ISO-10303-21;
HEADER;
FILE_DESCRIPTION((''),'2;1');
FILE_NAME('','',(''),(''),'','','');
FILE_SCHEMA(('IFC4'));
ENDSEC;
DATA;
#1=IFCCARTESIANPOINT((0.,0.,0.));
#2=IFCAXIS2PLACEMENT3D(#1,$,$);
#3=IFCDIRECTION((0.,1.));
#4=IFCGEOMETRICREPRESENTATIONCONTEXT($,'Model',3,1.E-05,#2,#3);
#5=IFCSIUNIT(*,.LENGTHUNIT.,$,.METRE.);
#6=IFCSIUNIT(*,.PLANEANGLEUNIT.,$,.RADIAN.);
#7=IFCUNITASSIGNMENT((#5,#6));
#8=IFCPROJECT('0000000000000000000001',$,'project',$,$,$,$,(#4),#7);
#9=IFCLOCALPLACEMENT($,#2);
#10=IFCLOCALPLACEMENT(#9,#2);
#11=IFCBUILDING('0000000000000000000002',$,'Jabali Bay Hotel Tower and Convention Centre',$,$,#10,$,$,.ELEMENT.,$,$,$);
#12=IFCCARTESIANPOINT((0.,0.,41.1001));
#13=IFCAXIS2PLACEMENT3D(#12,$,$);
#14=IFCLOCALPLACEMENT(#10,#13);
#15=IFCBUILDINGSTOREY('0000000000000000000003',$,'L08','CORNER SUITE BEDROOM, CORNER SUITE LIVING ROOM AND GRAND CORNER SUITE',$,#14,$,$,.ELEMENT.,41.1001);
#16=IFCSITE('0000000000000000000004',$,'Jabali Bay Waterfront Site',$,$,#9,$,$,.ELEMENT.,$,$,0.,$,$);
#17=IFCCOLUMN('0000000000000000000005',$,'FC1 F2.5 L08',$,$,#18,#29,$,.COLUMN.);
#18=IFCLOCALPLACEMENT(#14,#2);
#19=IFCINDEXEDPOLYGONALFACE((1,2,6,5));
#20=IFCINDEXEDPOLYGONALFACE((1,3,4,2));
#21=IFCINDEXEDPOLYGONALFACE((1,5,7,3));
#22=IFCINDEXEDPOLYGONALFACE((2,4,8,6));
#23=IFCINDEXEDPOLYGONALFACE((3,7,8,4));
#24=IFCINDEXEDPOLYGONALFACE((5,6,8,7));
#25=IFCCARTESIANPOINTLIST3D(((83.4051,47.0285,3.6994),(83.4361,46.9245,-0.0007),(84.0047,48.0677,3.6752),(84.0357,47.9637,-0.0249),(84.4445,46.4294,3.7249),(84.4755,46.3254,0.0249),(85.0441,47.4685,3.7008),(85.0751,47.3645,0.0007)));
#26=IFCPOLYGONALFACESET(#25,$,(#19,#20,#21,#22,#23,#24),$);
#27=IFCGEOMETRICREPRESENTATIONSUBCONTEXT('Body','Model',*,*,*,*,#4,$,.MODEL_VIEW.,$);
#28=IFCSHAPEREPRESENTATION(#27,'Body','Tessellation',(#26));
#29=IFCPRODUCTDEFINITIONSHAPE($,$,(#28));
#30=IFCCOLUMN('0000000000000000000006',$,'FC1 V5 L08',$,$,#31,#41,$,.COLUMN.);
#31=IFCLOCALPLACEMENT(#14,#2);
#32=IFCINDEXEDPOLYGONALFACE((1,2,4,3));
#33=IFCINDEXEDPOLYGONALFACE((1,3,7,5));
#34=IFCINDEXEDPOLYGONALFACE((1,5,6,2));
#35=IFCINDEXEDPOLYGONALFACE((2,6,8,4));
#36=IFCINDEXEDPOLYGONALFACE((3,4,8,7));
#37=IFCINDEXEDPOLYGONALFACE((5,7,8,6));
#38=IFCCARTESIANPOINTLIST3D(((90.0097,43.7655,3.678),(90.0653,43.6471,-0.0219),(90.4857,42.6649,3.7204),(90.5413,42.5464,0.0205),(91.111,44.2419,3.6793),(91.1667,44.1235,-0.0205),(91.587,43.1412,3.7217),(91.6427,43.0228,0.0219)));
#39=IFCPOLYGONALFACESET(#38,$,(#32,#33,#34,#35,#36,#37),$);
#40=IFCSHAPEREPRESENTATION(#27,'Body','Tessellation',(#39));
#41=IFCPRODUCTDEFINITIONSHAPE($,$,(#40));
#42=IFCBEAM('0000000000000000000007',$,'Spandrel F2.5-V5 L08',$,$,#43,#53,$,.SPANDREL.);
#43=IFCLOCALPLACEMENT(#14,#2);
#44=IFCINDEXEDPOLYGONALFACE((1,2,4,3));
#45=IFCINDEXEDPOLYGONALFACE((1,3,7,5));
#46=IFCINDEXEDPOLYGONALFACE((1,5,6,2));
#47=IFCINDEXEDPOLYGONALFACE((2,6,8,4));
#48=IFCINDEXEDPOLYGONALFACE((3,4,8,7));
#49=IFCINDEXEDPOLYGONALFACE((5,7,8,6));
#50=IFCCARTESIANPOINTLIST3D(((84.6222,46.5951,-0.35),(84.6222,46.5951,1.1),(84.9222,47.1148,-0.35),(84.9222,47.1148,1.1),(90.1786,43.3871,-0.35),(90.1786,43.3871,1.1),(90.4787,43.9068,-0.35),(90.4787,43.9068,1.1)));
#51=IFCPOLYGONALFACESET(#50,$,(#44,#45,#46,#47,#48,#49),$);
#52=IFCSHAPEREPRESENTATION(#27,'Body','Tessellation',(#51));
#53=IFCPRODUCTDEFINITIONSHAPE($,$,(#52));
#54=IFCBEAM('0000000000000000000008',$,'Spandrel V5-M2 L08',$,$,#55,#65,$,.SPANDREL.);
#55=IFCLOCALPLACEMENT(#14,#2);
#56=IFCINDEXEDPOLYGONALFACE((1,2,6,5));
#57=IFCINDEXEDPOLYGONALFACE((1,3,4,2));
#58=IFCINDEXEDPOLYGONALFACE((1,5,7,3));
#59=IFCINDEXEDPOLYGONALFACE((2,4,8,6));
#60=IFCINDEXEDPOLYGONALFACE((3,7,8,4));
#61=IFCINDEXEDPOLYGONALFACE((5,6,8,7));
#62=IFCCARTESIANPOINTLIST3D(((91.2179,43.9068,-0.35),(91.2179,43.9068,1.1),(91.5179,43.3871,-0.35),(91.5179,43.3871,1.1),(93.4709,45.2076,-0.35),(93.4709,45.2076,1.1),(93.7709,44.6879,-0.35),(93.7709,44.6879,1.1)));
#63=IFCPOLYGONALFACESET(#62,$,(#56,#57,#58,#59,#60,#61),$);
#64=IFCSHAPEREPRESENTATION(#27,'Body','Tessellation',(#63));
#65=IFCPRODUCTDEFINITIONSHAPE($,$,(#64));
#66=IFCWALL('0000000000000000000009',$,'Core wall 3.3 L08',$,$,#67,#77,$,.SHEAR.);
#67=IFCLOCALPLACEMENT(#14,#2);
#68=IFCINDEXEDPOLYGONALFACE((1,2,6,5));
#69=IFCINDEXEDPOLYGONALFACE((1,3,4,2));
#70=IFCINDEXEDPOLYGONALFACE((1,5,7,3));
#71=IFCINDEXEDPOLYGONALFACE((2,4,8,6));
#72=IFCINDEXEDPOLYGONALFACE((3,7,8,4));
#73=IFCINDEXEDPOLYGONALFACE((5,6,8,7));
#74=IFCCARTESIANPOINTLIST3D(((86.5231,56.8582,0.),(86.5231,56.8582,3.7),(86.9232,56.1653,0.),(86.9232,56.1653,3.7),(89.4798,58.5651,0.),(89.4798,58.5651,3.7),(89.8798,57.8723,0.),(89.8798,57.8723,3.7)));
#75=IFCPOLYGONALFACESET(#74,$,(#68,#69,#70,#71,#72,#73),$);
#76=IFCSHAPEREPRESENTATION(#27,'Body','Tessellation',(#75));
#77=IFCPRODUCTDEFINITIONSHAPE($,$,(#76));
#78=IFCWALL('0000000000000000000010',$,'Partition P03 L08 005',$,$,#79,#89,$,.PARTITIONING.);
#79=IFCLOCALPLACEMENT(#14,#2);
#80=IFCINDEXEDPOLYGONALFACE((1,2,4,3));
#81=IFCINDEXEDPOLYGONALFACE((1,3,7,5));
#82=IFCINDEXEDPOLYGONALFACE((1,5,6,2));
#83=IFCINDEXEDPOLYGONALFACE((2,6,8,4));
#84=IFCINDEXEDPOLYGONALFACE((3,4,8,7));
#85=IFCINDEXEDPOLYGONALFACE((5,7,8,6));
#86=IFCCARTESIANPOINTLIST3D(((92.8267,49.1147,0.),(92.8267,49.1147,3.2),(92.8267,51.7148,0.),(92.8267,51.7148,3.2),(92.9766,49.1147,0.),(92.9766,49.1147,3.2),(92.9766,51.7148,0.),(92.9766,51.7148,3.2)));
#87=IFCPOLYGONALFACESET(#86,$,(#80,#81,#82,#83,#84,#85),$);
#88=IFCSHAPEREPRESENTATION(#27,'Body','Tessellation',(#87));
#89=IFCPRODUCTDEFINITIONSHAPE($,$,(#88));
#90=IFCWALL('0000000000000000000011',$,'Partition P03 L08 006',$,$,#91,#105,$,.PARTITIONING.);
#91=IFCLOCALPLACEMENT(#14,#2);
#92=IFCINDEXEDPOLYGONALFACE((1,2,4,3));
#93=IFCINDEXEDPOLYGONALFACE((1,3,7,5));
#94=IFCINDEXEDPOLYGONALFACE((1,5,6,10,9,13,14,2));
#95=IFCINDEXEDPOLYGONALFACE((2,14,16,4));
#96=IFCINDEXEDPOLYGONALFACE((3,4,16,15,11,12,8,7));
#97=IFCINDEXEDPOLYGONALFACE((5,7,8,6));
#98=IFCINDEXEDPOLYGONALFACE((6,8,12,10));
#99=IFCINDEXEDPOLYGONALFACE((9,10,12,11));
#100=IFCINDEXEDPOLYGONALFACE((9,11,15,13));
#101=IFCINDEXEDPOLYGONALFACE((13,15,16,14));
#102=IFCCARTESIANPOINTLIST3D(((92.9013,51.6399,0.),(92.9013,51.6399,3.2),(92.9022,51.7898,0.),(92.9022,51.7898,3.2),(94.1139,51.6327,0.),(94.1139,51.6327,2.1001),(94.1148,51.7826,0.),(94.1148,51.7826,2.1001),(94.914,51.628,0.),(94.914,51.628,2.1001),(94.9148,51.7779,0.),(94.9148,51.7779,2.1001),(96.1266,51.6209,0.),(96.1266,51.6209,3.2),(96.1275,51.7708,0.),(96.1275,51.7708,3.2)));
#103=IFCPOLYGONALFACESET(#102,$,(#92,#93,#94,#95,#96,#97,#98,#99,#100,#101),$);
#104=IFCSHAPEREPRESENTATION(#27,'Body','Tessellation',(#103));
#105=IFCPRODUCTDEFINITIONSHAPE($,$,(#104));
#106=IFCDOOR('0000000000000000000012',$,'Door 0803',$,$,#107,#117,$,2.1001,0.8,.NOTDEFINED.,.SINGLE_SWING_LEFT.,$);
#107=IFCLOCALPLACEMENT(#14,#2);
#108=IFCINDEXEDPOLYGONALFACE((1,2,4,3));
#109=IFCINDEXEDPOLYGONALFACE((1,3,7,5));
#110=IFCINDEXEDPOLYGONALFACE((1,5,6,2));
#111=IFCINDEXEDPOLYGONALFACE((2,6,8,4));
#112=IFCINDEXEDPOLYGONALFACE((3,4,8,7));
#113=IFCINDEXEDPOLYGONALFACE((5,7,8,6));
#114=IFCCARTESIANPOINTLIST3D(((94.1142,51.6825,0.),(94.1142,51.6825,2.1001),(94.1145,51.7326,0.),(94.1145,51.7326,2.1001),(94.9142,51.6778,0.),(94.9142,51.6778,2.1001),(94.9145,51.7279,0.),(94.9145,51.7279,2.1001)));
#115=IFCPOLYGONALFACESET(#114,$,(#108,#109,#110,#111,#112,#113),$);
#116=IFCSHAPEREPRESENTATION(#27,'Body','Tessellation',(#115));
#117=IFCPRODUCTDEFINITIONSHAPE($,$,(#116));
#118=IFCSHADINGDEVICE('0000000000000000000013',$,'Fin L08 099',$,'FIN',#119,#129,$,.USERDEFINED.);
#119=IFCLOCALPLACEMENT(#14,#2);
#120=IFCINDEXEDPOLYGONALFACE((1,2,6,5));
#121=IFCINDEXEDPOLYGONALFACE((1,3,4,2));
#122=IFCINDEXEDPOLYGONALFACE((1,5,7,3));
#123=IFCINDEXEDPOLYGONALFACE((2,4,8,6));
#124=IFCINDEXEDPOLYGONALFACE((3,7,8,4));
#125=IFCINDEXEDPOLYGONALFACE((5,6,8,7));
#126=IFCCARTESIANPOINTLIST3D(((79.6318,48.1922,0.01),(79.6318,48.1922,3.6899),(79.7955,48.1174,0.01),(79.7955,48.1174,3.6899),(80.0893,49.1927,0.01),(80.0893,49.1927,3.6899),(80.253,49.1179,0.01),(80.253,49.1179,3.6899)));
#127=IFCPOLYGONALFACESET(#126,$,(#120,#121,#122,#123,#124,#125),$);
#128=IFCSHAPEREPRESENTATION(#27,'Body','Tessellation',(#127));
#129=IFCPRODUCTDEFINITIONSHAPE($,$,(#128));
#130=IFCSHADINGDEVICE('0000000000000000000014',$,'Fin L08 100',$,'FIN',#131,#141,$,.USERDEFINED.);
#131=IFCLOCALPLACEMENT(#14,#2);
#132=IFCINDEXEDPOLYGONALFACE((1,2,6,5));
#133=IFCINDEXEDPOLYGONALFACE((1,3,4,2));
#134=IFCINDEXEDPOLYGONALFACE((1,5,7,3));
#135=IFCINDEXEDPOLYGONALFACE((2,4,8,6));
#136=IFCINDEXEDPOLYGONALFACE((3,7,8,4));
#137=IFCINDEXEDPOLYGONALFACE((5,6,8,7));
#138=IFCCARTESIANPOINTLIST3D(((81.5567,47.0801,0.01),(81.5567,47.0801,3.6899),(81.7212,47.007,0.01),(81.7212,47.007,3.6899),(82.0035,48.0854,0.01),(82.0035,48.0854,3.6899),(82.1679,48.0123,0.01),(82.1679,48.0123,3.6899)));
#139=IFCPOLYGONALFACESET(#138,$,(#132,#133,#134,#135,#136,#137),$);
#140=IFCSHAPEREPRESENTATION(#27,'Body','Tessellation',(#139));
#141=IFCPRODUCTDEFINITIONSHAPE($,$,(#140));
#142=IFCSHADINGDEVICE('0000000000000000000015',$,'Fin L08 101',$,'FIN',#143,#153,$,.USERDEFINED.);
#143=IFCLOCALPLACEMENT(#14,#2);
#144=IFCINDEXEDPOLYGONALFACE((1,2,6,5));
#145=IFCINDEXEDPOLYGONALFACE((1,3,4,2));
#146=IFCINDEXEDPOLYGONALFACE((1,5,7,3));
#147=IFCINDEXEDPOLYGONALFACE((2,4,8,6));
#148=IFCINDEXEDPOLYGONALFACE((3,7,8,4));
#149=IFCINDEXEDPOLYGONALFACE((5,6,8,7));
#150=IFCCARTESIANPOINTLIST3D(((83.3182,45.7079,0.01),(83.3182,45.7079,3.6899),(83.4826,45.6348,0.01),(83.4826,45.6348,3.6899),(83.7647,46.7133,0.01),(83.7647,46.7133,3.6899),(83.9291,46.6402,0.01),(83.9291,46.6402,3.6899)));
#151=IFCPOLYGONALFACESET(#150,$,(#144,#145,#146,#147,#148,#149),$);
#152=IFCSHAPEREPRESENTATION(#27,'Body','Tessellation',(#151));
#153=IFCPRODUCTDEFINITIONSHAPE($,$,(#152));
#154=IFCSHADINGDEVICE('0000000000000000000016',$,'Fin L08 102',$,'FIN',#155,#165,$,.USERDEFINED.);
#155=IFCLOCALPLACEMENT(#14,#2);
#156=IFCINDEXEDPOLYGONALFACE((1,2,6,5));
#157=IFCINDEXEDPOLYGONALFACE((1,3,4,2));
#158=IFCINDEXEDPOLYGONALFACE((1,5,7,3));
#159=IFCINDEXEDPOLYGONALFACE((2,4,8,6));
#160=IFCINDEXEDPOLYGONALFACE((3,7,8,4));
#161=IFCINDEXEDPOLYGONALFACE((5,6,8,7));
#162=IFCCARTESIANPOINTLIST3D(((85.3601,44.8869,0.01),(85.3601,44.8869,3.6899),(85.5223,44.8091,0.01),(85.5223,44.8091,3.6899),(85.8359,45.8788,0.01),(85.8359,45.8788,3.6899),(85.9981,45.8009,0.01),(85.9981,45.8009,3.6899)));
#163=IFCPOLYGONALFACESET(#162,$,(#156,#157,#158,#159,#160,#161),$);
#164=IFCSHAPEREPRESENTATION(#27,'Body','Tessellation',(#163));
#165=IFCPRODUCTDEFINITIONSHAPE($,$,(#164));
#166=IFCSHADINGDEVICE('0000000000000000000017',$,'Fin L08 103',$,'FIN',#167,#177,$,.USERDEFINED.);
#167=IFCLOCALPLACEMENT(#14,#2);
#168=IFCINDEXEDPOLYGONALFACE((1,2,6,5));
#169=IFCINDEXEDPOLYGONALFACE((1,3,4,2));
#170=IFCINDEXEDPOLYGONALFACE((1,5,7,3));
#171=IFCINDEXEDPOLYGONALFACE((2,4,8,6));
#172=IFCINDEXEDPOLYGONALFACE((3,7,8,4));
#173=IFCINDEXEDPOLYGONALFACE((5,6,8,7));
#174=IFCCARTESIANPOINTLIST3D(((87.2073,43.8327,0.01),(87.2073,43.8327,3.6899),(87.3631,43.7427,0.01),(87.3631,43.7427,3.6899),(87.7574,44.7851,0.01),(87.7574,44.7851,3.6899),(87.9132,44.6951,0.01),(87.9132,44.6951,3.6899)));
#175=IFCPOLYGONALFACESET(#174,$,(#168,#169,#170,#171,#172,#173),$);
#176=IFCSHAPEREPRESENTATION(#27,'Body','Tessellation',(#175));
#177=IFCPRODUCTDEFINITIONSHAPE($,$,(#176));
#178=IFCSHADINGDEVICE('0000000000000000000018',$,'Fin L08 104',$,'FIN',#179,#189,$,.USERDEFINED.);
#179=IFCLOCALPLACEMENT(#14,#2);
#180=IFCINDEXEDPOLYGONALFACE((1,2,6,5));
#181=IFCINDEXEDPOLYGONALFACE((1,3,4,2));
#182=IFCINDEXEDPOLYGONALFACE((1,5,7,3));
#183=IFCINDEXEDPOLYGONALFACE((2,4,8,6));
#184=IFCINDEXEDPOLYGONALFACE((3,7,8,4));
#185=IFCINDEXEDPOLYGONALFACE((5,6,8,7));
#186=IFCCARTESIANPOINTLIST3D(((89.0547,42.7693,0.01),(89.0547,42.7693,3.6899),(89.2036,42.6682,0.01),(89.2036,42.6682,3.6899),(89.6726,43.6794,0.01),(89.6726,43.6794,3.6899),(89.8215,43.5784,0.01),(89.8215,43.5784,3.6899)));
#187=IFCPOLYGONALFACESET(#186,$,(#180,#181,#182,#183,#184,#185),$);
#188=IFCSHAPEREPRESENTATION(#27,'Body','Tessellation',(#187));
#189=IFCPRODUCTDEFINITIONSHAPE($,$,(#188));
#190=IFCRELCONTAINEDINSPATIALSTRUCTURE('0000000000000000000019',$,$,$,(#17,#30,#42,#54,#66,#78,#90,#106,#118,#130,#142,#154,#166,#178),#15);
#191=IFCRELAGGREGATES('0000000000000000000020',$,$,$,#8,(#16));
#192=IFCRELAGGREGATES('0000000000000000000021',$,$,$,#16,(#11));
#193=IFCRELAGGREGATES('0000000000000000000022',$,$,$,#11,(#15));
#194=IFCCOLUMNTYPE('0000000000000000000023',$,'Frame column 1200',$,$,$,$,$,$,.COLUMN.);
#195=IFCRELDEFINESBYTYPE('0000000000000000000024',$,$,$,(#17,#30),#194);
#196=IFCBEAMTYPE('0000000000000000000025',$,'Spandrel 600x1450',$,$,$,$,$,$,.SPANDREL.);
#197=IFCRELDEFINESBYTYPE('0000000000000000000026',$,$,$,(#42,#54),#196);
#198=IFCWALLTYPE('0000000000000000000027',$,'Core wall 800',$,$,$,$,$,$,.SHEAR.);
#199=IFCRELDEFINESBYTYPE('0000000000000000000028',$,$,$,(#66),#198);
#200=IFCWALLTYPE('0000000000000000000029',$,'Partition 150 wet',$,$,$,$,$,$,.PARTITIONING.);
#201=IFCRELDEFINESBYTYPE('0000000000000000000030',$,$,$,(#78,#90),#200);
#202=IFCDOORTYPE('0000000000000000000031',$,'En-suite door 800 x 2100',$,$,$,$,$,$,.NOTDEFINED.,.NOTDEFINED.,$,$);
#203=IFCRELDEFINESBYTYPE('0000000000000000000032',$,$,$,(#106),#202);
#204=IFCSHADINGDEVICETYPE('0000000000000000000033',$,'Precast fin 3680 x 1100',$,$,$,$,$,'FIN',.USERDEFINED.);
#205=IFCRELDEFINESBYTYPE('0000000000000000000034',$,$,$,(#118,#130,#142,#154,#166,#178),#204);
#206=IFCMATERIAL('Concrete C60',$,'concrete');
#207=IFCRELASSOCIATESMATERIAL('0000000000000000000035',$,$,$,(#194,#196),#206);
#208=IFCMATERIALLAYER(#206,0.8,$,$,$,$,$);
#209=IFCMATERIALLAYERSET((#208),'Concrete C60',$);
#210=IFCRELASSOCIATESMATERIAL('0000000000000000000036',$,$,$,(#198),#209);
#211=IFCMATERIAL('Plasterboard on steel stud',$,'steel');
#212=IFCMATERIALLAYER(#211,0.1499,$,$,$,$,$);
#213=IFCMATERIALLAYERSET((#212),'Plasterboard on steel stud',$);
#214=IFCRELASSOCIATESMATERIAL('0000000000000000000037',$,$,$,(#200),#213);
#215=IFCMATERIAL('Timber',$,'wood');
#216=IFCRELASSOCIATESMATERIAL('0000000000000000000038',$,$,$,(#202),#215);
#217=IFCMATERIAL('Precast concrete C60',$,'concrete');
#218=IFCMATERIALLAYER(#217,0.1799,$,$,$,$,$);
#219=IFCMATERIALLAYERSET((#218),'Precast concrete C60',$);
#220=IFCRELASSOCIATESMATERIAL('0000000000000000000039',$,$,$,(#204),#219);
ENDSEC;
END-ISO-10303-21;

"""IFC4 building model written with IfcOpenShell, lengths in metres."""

from ifc_helpers import new_model, si_unit, direction, frame, frame_2d, origin, origin_2d, place, context, subcontext, project, spatial, rectangle, extrude, material, layer, layer_set, material_profile, profile_set, type_object, element, fill, save


model = new_model("IFC4")

# Units and contexts
model_context = context("Model", 3, precision=1e-05, world=origin(), true_north=direction((0.0, 1.0)))
body_context = subcontext(model_context, "Body", "Model", "MODEL_VIEW")
ifc_project = project(units=[si_unit("LENGTHUNIT", "METRE"), si_unit("PLANEANGLEUNIT", "RADIAN")], contexts=[model_context])

# Site, building, storey
site_placement = place(None, origin())
site = spatial("IfcSite", under=ifc_project, at=site_placement, Name="Jabali Bay Waterfront Site", CompositionType="ELEMENT", RefElevation=0.0)
building_placement = place(site_placement, origin())
building = spatial("IfcBuilding", under=site, at=building_placement, Name="Jabali Bay Hotel Tower and Convention Centre", CompositionType="ELEMENT")
storey_placement = place(building_placement, frame((0.0, 0.0, 41.1001)))
storey = spatial("IfcBuildingStorey", under=building, at=storey_placement, Name="L08", Description="CORNER SUITE BEDROOM, CORNER SUITE LIVING ROOM AND GRAND CORNER SUITE", CompositionType="ELEMENT", Elevation=41.1001)

# Columns
ifc_material_1 = material(Name="Concrete C60", Category="concrete")
ifc_material_profile_1 = material_profile(ifc_material_1, rectangle(XDim=1.2, YDim=1.2, at=origin_2d()), Name="Frame column 1200")
ifc_profile_set_1 = profile_set([ifc_material_profile_1], Name="Concrete C60")
column_type = type_object("IfcColumnType", Name="Frame column 1200", PredefinedType="COLUMN", material=ifc_profile_set_1)
column_1_placement = place(storey_placement, frame((84.2556, 47.1445, 0.0), z_axis=(-0.008376, 0.028097, 0.99957), x_axis=(-0.499676, -0.865978, 0.020155)))
element("IfcColumn", 1, at=column_1_placement, inside=storey, type_object=column_type, Name="FC1 F2.5 L08", PredefinedType="COLUMN", context=body_context, shape_type="SweptSolid", body=[
    extrude(rectangle(XDim=1.2, YDim=1.2, at=origin_2d()), origin(), (0.0, 0.0, 1.0), 3.7017),
])
column_2_placement = place(storey_placement, frame((90.854, 43.335, 0.0), z_axis=(-0.015035, 0.031983, 0.999375), x_axis=(0.396688, -0.917273, 0.035323)))
element("IfcColumn", 2, at=column_2_placement, inside=storey, type_object=column_type, Name="FC1 V5 L08", PredefinedType="COLUMN", context=body_context, shape_type="SweptSolid", body=[
    extrude(rectangle(XDim=1.2, YDim=1.2, at=origin_2d()), origin(), (0.0, 0.0, 1.0), 3.7021),
])

# Beams
ifc_material_profile_2 = material_profile(ifc_material_1, rectangle(XDim=0.6001, YDim=1.45, at=origin_2d()), Name="Spandrel 600x1450")
ifc_profile_set_2 = profile_set([ifc_material_profile_2], Name="Concrete C60")
beam_type = type_object("IfcBeamType", Name="Spandrel 600x1450", PredefinedType="SPANDREL", material=ifc_profile_set_2)
beam_1_placement = place(storey_placement, frame((84.7722, 46.855, 0.375), z_axis=(0.866024, -0.500002, 0.0), x_axis=(0.500002, 0.866024, 0.0)))
element("IfcBeam", 3, at=beam_1_placement, inside=storey, type_object=beam_type, Name="Spandrel F2.5-V5 L08", PredefinedType="SPANDREL", context=body_context, shape_type="SweptSolid", body=[
    extrude(rectangle(XDim=0.6001, YDim=1.45, at=origin_2d()), origin(), (0.0, 0.0, 1.0), 6.416),
])
beam_2_placement = place(storey_placement, frame((91.3679, 43.647, 0.375), z_axis=(0.866017, 0.500015, 0.0), x_axis=(-0.500015, 0.866017, 0.0)))
element("IfcBeam", 4, at=beam_2_placement, inside=storey, type_object=beam_type, Name="Spandrel V5-M2 L08", PredefinedType="SPANDREL", context=body_context, shape_type="SweptSolid", body=[
    extrude(rectangle(XDim=0.6001, YDim=1.45, at=origin_2d()), origin(), (0.0, 0.0, 1.0), 2.6016),
])

# Wall
ifc_layer_1 = layer(ifc_material_1, 0.8)
ifc_layer_set_1 = layer_set([ifc_layer_1], Name="Concrete C60")
wall_type_1 = type_object("IfcWallType", Name="Core wall 800", PredefinedType="SHEAR", material=ifc_layer_set_1)
wall_1_placement = place(storey_placement, frame((86.7231, 56.5117, 0.0), z_axis=(0.0, 0.0, 1.0), x_axis=(0.866034, 0.499984, 0.0)))
element("IfcWall", 5, at=wall_1_placement, inside=storey, type_object=wall_type_1, Name="Core wall 3.3 L08", PredefinedType="SHEAR", context=body_context, shape_type="SweptSolid", body=[
    extrude(rectangle(XDim=3.4141, YDim=0.8, at=frame_2d((1.707, 0.0))), origin(), (0.0, 0.0, 1.0), 3.7),
])

# Wall
ifc_material_2 = material(Name="Plasterboard on steel stud", Category="steel")
ifc_layer_2 = layer(ifc_material_2, 0.1499)
ifc_layer_set_2 = layer_set([ifc_layer_2], Name="Plasterboard on steel stud")
wall_type_2 = type_object("IfcWallType", Name="Partition 150 wet", PredefinedType="PARTITIONING", material=ifc_layer_set_2)
wall_2_placement = place(storey_placement, frame((92.9016, 49.1147, 0.0), z_axis=(0.0, 0.0, 1.0), x_axis=(0.0, 1.0, 0.0)))
element("IfcWall", 6, at=wall_2_placement, inside=storey, type_object=wall_type_2, Name="Partition P03 L08 005", PredefinedType="PARTITIONING", context=body_context, shape_type="SweptSolid", body=[
    extrude(rectangle(XDim=2.6001, YDim=0.1499, at=frame_2d((1.3, 0.0))), origin(), (0.0, 0.0, 1.0), 3.2),
])

# Wall, opening, door
wall_3_placement = place(storey_placement, frame((92.9016, 51.7148, 0.0), z_axis=(0.0, 0.0, 1.0), x_axis=(0.999983, -0.005904, 0.0)))
wall_3 = element("IfcWall", 7, at=wall_3_placement, inside=storey, type_object=wall_type_2, Name="Partition P03 L08 006", PredefinedType="PARTITIONING", context=body_context, shape_type="SweptSolid", body=[
    extrude(rectangle(XDim=3.2253, YDim=0.1499, at=frame_2d((1.6128, 0.0))), origin(), (0.0, 0.0, 1.0), 3.2),
])
opening_1_placement = place(wall_3_placement, frame((1.2129, 0.0, 0.0)))
opening_1 = element("IfcOpeningElement", 8, at=opening_1_placement, cuts=wall_3, PredefinedType="OPENING", context=body_context, shape_type="SweptSolid", body=[
    extrude(rectangle(XDim=0.8, YDim=2.1001, at=frame_2d((0.3999, 1.05))), frame((0.0, 0.0854, 0.0), z_axis=(0.0, -1.0, 0.0), x_axis=(1.0, 0.0, 0.0)), (0.0, 0.0, 1.0), 0.1709),
])
ifc_material_3 = material(Name="Timber", Category="wood")
door_type_1 = type_object("IfcDoorType", Name="En-suite door 800 x 2100", OperationType="NOTDEFINED", PredefinedType="NOTDEFINED", material=ifc_material_3)
door_1_placement = place(opening_1_placement, origin())
door_1 = element("IfcDoor", 9, at=door_1_placement, inside=storey, type_object=door_type_1, Name="Door 0803", OperationType="SINGLE_SWING_LEFT", OverallHeight=2.1001, OverallWidth=0.8, PredefinedType="NOTDEFINED", context=body_context, shape_type="SweptSolid", body=[
    extrude(rectangle(XDim=0.8, YDim=2.1001, at=frame_2d((0.3999, 1.05))), frame((0.0, 0.0249, 0.0), z_axis=(0.0, -1.0, 0.0), x_axis=(1.0, 0.0, 0.0)), (0.0, 0.0, 1.0), 0.05),
])
fill(opening_1, door_1)

# Shading devices
ifc_material_4 = material(Name="Precast concrete C60", Category="concrete")
ifc_layer_3 = layer(ifc_material_4, 0.1799)
ifc_layer_set_3 = layer_set([ifc_layer_3], Name="Precast concrete C60")
shading_device_type_1 = type_object("IfcShadingDeviceType", Name="Precast fin 3680 x 1100", ElementType="FIN", PredefinedType="USERDEFINED", material=ifc_layer_set_3)
for number, where, z_axis, x_axis, name in (
    (10, (80.1711, 49.1553, 0.01), (0.0, 0.0, 1.0), (-0.415875, -0.909422, 0.0), "Fin L08 099"),
    (11, (82.0857, 48.0488, 0.01), (0.0, 0.0, 1.0), (-0.406097, -0.91383, 0.0), "Fin L08 100"),
    (12, (83.8469, 46.6768, 0.01), (0.0, 0.0, 1.0), (-0.405912, -0.913912, 0.0), "Fin L08 101"),
    (13, (85.917, 45.8398, 0.01), (0.0, 0.0, 1.0), (-0.432507, -0.90163, 0.0), "Fin L08 102"),
):
    element("IfcShadingDevice", number, at=place(storey_placement, frame(where, z_axis=z_axis, x_axis=x_axis)), inside=storey, type_object=shading_device_type_1, Name=name, ObjectType="FIN", PredefinedType="USERDEFINED", context=body_context, shape_type="SweptSolid", body=[
        extrude(rectangle(XDim=1.1001, YDim=0.1799, at=frame_2d((0.55, 0.0))), origin(), (0.0, 0.0, 1.0), 3.6799),
    ])
shading_device_1_placement = place(storey_placement, frame((87.8352, 44.74, 0.01), z_axis=(0.0, 0.0, 1.0), x_axis=(-0.500126, -0.865953, 0.0)))
element("IfcShadingDevice", 14, at=shading_device_1_placement, inside=storey, type_object=shading_device_type_1, Name="Fin L08 103", ObjectType="FIN", PredefinedType="USERDEFINED", context=body_context, shape_type="SweptSolid", body=[
    extrude(rectangle(XDim=1.0999, YDim=0.1799, at=frame_2d((0.5498, 0.0))), origin(), (0.0, 0.0, 1.0), 3.6799),
])
shading_device_2_placement = place(storey_placement, frame((89.7471, 43.6289, 0.01), z_axis=(0.0, 0.0, 1.0), x_axis=(-0.561697, -0.827343, 0.0)))
element("IfcShadingDevice", 15, at=shading_device_2_placement, inside=storey, type_object=shading_device_type_1, Name="Fin L08 104", ObjectType="FIN", PredefinedType="USERDEFINED", context=body_context, shape_type="SweptSolid", body=[
    extrude(rectangle(XDim=1.1001, YDim=0.1799, at=frame_2d((0.55, 0.0))), origin(), (0.0, 0.0, 1.0), 3.6799),
])

save(model, "model.ifc")
